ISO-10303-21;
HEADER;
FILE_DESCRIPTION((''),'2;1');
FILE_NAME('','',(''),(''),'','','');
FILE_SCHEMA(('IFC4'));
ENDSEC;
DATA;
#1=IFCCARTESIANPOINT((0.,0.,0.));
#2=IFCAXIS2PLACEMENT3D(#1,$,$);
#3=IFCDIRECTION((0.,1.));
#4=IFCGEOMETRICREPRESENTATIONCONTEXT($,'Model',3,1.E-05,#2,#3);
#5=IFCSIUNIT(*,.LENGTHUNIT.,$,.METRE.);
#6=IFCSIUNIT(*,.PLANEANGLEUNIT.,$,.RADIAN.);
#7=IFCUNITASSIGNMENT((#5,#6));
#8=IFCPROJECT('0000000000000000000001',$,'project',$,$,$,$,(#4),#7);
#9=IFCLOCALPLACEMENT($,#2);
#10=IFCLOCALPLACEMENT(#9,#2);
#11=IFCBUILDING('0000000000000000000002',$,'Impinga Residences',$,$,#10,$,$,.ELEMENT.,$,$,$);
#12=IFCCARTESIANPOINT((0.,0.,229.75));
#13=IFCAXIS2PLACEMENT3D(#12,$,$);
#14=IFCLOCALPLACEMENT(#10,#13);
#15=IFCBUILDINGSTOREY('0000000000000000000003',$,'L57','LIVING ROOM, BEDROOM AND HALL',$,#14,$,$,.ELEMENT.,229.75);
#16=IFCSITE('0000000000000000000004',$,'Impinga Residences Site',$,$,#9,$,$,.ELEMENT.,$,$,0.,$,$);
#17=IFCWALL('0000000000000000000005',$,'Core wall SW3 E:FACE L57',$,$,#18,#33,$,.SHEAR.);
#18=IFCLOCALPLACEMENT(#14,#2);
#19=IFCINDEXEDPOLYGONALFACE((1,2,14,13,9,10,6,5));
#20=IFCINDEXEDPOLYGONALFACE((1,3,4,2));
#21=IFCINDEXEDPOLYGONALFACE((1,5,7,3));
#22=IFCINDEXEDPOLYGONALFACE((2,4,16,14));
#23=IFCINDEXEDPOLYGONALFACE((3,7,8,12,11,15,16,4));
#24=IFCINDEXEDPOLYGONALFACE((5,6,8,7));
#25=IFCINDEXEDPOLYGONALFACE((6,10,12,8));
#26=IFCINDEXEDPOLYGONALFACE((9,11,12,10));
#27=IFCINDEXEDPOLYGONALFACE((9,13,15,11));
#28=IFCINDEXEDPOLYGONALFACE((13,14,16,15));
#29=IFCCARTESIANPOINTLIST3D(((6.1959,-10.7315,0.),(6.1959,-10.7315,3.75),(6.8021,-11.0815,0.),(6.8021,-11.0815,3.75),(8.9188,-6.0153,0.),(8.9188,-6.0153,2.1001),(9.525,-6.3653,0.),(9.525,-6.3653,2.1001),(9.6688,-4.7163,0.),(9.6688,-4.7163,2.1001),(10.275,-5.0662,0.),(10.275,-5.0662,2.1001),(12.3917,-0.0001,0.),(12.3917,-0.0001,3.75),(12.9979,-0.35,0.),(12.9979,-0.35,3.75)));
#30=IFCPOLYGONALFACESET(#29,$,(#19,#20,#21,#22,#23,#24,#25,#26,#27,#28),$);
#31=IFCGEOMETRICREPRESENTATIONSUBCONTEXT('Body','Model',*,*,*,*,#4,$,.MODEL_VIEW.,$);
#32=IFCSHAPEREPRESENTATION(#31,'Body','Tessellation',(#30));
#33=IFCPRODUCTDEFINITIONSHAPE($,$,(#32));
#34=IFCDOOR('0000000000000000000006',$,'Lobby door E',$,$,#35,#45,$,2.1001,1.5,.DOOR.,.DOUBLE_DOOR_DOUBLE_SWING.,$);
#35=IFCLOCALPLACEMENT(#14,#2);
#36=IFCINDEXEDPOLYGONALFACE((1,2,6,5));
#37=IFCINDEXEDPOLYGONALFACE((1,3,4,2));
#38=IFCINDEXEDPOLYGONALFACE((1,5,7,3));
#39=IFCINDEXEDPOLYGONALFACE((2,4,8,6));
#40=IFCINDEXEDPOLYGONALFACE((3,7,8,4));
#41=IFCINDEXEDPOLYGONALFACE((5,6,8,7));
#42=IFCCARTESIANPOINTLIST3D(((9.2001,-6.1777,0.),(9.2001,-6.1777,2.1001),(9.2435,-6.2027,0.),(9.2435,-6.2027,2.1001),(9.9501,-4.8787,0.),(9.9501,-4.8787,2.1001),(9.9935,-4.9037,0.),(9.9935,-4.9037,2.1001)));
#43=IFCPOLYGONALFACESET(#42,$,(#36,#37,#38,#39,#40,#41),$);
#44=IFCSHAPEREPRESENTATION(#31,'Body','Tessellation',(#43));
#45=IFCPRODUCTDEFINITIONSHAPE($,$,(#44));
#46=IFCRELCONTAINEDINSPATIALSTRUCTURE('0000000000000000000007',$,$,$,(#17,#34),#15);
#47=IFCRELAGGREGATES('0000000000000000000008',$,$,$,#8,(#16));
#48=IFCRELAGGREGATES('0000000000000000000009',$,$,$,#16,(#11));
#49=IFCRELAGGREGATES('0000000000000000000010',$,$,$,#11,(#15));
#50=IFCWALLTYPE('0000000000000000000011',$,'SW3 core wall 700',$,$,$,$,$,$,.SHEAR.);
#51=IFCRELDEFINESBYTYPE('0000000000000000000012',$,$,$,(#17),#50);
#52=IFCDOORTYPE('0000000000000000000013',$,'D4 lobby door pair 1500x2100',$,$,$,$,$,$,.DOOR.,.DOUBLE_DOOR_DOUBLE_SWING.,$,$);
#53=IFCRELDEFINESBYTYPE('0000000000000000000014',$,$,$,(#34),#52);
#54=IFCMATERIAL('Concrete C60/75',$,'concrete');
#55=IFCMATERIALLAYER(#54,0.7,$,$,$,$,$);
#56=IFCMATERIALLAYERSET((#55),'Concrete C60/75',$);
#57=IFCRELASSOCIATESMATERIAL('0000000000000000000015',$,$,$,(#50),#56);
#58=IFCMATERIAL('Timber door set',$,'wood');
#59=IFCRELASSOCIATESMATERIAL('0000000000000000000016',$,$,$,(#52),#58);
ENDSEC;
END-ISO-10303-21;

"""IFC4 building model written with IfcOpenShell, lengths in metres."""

from ifc_helpers import new_model, si_unit, direction, frame, frame_2d, origin, place, context, subcontext, project, spatial, rectangle, extrude, material, layer, layer_set, type_object, element, fill, save


model = new_model("IFC4")

# Units and contexts
model_context = context("Model", 3, precision=1e-05, world=origin(), true_north=direction((0.0, 1.0)))
body_context = subcontext(model_context, "Body", "Model", "MODEL_VIEW")
ifc_project = project(units=[si_unit("LENGTHUNIT", "METRE"), si_unit("PLANEANGLEUNIT", "RADIAN")], contexts=[model_context])

# Site, building, storey
site_placement = place(None, origin())
site = spatial("IfcSite", under=ifc_project, at=site_placement, Name="Impinga Residences Site", CompositionType="ELEMENT", RefElevation=0.0)
building_placement = place(site_placement, origin())
building = spatial("IfcBuilding", under=site, at=building_placement, Name="Impinga Residences", CompositionType="ELEMENT")
storey_placement = place(building_placement, frame((0.0, 0.0, 229.75)))
storey = spatial("IfcBuildingStorey", under=building, at=storey_placement, Name="L57", Description="LIVING ROOM, BEDROOM AND HALL", CompositionType="ELEMENT", Elevation=229.75)

# Shared definitions
ifc_material_1 = material(Name="Concrete C60/75", Category="concrete")

# Shared definitions
ifc_material_2 = material(Name="Timber door set", Category="wood")

# Wall, opening, door
ifc_layer_1 = layer(ifc_material_1, 0.7)
ifc_layer_set_1 = layer_set([ifc_layer_1], Name="Concrete C60/75")
wall_type_1 = type_object("IfcWallType", Name="SW3 core wall 700", PredefinedType="SHEAR", material=ifc_layer_set_1)
wall_1_placement = place(storey_placement, frame((12.6948, -0.175, 0.0), z_axis=(0.0, 0.0, 1.0), x_axis=(-0.5, -0.866025, 0.0)))
wall_1 = element("IfcWall", 1, at=wall_1_placement, inside=storey, type_object=wall_type_1, Name="Core wall SW3 E:FACE L57", PredefinedType="SHEAR", context=body_context, shape_type="SweptSolid", body=[
    extrude(rectangle(XDim=12.3916, YDim=0.7, at=frame_2d((6.1958, 0.0))), origin(), (0.0, 0.0, 1.0), 3.75),
])
opening_1_placement = place(wall_1_placement, frame((5.4458, 0.0, 0.0)))
opening_1 = element("IfcOpeningElement", 2, at=opening_1_placement, cuts=wall_1, PredefinedType="OPENING", context=body_context, shape_type="SweptSolid", body=[
    extrude(rectangle(XDim=1.5, YDim=2.1001, at=frame_2d((0.75, 1.05))), frame((0.0, 0.3599, 0.0), z_axis=(0.0, -1.0, 0.0), x_axis=(1.0, 0.0, 0.0)), (0.0, 0.0, 1.0), 0.72),
])
door_type_1 = type_object("IfcDoorType", Name="D4 lobby door pair 1500x2100", OperationType="DOUBLE_DOOR_DOUBLE_SWING", PredefinedType="DOOR", material=ifc_material_2)
door_1_placement = place(opening_1_placement, origin())
door_1 = element("IfcDoor", 3, at=door_1_placement, inside=storey, type_object=door_type_1, Name="Lobby door E", OperationType="DOUBLE_DOOR_DOUBLE_SWING", OverallHeight=2.1001, OverallWidth=1.5, PredefinedType="DOOR", context=body_context, shape_type="SweptSolid", body=[
    extrude(rectangle(XDim=1.5, YDim=2.1001, at=frame_2d((0.75, 1.05))), frame((0.0, 0.0249, 0.0), z_axis=(0.0, -1.0, 0.0), x_axis=(1.0, 0.0, 0.0)), (0.0, 0.0, 1.0), 0.05),
])
fill(opening_1, door_1)

save(model, "model.ifc")
